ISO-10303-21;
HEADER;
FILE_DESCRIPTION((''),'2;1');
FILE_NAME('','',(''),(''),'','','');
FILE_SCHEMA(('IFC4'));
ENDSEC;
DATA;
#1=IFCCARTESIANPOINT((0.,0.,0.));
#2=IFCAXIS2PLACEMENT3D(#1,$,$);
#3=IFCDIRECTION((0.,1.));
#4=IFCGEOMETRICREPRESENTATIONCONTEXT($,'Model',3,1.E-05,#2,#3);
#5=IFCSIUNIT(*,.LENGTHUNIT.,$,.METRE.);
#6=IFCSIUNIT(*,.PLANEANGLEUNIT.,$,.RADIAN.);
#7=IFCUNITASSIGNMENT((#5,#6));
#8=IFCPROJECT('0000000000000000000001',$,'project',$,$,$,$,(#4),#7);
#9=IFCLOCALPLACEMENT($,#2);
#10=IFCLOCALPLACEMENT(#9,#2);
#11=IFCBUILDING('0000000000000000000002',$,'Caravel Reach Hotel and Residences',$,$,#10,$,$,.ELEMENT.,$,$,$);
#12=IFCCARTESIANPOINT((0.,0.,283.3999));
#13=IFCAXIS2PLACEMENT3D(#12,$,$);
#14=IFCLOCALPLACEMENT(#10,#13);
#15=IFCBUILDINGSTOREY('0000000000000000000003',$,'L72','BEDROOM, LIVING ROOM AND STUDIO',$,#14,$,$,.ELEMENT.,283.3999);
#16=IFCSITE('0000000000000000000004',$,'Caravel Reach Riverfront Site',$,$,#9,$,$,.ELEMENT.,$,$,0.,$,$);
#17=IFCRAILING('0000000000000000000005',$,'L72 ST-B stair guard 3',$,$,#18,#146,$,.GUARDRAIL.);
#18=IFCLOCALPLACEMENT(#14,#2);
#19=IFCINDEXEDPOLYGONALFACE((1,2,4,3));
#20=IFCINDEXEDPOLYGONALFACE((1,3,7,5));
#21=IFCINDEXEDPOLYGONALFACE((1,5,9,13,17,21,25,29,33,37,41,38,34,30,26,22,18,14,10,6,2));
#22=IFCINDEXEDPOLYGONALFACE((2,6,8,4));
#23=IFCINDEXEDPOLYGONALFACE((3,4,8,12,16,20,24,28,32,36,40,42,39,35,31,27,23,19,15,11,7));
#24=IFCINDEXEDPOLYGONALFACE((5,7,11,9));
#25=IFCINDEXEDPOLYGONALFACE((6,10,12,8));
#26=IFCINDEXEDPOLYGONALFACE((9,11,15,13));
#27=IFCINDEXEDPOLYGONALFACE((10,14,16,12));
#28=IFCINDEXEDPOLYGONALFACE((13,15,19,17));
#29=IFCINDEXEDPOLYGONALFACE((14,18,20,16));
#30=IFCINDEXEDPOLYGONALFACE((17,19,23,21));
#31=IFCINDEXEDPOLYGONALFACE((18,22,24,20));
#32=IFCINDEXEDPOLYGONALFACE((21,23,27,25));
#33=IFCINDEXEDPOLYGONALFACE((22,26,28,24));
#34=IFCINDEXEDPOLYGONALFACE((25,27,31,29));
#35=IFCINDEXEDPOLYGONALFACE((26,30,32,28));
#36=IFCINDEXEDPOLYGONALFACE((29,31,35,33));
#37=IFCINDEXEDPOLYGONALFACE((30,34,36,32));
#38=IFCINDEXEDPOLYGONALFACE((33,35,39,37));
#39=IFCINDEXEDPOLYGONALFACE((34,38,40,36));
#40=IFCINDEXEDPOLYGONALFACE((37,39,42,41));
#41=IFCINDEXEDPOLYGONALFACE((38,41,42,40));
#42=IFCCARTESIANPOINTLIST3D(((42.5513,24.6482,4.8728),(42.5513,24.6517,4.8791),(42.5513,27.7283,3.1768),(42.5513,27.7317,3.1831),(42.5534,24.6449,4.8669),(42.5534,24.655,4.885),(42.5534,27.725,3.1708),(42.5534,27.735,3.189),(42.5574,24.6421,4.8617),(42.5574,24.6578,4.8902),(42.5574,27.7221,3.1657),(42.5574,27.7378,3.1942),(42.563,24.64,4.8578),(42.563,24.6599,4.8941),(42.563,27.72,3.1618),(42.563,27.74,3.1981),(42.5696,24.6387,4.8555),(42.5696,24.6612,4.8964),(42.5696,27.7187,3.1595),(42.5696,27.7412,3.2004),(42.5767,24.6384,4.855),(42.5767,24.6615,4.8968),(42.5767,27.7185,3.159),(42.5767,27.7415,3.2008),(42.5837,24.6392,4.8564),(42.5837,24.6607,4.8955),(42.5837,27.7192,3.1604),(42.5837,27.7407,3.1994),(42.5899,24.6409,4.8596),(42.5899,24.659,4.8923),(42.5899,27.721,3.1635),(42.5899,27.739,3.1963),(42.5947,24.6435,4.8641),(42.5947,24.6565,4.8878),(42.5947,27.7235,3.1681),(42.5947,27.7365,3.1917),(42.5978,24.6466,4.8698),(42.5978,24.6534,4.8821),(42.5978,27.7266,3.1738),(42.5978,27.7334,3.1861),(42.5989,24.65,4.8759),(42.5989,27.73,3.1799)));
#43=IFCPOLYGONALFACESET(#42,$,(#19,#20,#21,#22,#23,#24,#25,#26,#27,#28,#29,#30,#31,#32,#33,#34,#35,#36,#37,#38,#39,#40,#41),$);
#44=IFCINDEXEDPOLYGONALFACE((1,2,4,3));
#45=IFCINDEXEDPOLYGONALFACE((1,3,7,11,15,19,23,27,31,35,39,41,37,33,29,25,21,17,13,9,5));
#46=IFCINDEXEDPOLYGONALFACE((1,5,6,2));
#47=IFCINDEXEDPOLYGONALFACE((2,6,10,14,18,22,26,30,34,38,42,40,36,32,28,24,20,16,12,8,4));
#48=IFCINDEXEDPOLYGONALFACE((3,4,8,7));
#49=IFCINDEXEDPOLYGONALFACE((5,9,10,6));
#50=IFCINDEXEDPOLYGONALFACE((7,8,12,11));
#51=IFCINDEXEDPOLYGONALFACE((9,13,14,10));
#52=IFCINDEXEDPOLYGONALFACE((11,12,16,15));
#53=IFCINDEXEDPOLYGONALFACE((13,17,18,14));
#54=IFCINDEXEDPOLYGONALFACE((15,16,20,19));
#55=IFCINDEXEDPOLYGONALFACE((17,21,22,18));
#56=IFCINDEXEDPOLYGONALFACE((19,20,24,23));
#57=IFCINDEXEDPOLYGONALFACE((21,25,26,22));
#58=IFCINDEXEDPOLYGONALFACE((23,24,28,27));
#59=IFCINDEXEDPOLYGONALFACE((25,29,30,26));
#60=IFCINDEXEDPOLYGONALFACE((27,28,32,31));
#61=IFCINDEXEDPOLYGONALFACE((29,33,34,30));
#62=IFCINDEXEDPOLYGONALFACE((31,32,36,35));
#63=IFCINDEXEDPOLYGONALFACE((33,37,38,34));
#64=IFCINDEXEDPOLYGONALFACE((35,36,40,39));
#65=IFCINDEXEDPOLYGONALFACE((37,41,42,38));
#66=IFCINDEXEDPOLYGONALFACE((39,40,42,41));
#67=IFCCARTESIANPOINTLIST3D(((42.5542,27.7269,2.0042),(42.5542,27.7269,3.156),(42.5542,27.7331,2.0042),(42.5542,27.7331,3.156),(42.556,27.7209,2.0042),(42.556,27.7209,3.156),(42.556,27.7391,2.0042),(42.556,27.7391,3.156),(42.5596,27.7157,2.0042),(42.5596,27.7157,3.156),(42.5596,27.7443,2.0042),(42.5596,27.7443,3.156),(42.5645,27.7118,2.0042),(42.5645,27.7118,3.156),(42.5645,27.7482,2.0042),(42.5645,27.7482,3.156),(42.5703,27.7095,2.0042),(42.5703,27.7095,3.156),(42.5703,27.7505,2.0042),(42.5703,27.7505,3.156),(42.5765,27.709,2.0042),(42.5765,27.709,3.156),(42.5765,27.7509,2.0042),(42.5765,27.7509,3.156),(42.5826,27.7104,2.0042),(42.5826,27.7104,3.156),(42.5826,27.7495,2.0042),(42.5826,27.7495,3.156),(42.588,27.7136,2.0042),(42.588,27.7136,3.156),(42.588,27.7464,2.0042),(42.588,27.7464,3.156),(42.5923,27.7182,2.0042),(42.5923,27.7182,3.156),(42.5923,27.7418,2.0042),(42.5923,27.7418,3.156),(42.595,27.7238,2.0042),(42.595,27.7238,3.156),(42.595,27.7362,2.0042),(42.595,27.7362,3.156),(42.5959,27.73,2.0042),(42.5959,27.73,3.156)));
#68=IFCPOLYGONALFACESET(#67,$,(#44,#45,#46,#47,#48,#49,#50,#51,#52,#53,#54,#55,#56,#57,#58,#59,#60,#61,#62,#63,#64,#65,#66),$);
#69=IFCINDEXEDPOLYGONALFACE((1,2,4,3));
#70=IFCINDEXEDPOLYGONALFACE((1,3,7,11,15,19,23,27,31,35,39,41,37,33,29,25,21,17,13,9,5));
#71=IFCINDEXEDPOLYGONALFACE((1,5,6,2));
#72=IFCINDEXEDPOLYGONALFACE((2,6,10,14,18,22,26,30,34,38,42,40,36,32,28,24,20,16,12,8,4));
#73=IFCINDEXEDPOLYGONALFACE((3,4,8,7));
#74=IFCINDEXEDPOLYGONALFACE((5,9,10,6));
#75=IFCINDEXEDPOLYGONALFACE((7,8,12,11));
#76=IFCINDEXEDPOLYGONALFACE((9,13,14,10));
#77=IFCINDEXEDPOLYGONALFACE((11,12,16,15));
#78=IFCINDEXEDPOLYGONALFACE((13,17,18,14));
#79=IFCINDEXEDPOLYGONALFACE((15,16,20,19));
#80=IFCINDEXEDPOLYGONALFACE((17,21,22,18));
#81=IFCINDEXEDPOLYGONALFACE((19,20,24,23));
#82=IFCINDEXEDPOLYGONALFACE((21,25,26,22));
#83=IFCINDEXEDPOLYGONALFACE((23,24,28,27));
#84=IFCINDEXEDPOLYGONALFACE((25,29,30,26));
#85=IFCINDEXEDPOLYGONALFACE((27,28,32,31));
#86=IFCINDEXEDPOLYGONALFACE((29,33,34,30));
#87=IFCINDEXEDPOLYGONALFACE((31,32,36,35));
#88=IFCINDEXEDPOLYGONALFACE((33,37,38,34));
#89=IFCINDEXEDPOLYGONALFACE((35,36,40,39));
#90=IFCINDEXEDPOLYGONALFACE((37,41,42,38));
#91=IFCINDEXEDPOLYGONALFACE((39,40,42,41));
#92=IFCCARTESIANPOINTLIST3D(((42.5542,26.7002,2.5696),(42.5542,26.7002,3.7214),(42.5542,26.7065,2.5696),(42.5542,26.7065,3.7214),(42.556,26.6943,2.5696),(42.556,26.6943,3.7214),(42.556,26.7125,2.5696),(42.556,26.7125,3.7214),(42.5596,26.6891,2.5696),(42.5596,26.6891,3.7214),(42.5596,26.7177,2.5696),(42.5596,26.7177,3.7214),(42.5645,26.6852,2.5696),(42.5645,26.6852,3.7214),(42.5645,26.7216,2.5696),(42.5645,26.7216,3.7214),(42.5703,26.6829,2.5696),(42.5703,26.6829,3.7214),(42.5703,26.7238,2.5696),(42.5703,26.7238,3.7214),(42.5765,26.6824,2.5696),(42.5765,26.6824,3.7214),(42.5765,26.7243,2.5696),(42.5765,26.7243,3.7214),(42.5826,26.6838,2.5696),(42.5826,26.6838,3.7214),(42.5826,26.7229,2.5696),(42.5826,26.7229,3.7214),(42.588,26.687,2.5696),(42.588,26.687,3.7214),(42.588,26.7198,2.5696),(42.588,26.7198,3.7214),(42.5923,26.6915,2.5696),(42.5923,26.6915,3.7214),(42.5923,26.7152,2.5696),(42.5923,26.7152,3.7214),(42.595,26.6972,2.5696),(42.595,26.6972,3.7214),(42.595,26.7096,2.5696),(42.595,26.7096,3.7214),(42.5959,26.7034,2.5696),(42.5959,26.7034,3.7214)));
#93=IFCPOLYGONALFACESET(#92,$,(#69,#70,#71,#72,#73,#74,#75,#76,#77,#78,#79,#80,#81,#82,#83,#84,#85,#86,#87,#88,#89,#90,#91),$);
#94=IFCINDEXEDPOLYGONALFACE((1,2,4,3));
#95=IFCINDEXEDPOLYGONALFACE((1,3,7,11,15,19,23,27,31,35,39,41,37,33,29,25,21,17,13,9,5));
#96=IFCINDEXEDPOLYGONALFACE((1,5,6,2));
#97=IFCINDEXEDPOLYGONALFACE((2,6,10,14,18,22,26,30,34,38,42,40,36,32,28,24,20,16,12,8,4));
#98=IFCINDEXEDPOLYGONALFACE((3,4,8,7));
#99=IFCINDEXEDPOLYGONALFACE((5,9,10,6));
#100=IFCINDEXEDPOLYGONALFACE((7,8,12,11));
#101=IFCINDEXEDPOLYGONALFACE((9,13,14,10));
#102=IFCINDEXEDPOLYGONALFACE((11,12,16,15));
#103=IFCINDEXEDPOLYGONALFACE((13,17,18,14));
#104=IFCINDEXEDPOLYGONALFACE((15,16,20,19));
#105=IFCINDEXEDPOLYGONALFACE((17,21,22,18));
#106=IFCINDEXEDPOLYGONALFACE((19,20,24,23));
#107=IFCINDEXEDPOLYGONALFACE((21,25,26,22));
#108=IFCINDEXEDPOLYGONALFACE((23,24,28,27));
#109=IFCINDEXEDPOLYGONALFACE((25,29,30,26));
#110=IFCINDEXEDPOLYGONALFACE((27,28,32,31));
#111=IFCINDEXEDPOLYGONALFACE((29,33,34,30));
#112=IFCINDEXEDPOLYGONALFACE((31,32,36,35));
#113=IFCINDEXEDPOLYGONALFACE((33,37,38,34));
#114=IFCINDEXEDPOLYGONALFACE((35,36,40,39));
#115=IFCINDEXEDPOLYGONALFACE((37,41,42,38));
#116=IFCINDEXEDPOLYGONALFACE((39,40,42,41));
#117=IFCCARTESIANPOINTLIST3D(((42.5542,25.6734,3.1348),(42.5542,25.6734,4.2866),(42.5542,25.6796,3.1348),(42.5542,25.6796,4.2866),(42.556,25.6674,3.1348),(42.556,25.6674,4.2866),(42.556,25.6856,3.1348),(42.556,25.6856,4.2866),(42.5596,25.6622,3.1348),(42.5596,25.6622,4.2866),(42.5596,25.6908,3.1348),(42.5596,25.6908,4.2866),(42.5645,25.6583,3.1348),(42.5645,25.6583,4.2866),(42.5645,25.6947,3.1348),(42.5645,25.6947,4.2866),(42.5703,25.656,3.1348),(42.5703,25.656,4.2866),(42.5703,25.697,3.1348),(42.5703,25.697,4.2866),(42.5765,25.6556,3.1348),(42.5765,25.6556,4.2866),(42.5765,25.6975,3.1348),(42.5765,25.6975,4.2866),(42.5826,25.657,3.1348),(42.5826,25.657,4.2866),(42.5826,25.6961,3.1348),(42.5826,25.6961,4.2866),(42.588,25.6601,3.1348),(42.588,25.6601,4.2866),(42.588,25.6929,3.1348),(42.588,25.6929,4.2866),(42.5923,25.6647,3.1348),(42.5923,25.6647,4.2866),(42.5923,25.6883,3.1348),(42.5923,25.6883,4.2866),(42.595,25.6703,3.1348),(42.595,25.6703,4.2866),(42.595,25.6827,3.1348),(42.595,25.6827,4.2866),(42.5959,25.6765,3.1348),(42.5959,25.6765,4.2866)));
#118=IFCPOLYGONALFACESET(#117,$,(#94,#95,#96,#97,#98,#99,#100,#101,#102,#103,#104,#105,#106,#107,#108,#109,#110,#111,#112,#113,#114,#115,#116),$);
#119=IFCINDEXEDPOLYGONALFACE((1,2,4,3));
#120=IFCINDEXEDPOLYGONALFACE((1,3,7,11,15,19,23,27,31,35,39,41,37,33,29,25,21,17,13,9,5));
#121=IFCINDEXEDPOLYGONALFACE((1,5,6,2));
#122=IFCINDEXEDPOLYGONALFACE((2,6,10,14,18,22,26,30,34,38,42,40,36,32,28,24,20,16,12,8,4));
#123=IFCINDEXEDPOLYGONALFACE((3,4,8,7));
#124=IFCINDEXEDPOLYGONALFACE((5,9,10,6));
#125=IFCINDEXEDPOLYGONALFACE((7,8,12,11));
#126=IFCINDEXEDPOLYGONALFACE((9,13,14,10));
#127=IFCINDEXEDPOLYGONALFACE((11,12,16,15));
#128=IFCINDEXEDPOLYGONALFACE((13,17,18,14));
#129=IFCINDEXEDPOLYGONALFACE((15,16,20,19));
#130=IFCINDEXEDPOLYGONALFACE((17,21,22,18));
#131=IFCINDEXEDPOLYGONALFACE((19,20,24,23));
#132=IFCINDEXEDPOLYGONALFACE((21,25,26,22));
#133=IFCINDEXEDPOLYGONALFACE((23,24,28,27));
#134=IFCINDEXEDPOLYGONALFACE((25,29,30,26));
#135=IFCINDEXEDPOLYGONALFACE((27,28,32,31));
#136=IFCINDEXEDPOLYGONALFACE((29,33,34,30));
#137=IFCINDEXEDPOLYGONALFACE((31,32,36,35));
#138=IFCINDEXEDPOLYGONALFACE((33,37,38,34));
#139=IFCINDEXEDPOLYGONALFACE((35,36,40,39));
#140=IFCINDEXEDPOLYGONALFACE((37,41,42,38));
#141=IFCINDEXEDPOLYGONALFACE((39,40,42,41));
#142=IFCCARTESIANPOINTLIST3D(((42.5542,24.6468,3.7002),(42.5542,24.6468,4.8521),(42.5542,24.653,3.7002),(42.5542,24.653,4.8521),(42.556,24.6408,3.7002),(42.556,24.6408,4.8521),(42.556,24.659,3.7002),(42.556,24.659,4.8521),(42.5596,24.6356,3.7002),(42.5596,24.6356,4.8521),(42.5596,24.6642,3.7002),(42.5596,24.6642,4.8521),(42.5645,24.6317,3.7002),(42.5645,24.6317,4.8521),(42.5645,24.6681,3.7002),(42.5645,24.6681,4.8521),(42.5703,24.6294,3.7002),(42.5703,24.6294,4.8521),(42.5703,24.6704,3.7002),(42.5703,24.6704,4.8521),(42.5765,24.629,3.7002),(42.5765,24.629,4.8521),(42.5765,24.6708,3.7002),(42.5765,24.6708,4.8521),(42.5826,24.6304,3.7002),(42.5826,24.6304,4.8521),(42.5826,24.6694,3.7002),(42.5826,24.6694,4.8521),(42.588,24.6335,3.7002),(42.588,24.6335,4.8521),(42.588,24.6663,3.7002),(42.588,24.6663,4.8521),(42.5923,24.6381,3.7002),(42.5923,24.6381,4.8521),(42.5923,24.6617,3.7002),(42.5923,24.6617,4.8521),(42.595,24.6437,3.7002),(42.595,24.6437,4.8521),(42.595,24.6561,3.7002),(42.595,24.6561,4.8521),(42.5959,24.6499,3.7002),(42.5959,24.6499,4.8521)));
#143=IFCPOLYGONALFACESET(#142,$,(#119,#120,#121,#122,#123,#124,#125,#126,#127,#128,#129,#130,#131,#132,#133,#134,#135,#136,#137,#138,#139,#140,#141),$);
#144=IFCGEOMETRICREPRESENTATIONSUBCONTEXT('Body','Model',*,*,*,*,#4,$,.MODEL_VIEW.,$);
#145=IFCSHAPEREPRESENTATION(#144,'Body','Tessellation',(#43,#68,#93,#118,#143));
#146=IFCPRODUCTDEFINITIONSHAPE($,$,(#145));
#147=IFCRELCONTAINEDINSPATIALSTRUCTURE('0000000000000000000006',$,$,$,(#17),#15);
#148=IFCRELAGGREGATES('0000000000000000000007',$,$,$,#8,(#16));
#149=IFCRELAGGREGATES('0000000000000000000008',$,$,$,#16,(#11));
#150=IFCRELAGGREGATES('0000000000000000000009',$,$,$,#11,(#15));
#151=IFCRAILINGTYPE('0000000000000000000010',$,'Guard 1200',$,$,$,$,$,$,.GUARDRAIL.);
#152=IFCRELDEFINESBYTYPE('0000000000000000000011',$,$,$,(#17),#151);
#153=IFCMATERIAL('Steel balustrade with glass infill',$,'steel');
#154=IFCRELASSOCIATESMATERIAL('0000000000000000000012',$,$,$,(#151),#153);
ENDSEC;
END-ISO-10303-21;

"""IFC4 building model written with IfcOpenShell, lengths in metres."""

from ifc_helpers import new_model, si_unit, direction, frame, origin, origin_2d, place, context, subcontext, project, spatial, circle, extrude, material, type_object, element, save


model = new_model("IFC4")

# Units and contexts
model_context = context("Model", 3, precision=1e-05, world=origin(), true_north=direction((0.0, 1.0)))
body_context = subcontext(model_context, "Body", "Model", "MODEL_VIEW")
ifc_project = project(units=[si_unit("LENGTHUNIT", "METRE"), si_unit("PLANEANGLEUNIT", "RADIAN")], contexts=[model_context])

# Site, building, storey
site_placement = place(None, origin())
site = spatial("IfcSite", under=ifc_project, at=site_placement, Name="Caravel Reach Riverfront Site", CompositionType="ELEMENT", RefElevation=0.0)
building_placement = place(site_placement, origin())
building = spatial("IfcBuilding", under=site, at=building_placement, Name="Caravel Reach Hotel and Residences", CompositionType="ELEMENT")
storey_placement = place(building_placement, frame((0.0, 0.0, 283.3999)))
storey = spatial("IfcBuildingStorey", under=building, at=storey_placement, Name="L72", Description="BEDROOM, LIVING ROOM AND STUDIO", CompositionType="ELEMENT", Elevation=283.3999)

# Railing
ifc_material_1 = material(Name="Steel balustrade with glass infill", Category="steel")
railing_type_1 = type_object("IfcRailingType", Name="Guard 1200", PredefinedType="GUARDRAIL", material=ifc_material_1)
railing_1_placement = place(storey_placement, frame((42.575, 27.73, 2.0042)))
element("IfcRailing", 1, at=railing_1_placement, inside=storey, type_object=railing_type_1, Name="L72 ST-B stair guard 3", PredefinedType="GUARDRAIL", context=body_context, shape_type="SweptSolid", body=[
    extrude(circle(Radius=0.0239, at=origin_2d()), frame((0.0, 0.0, 1.1758), z_axis=(0.0, -0.875975, 0.482356), x_axis=(1.0, 0.0, 0.0)), (0.0, 0.0, 1.0), 3.5161),
    extrude(circle(Radius=0.021, at=origin_2d()), origin(), (0.0, 0.0, 1.0), 1.1519),
    extrude(circle(Radius=0.021, at=origin_2d()), frame((0.0, -1.0266, 0.5654)), (0.0, 0.0, 1.0), 1.1519),
    extrude(circle(Radius=0.021, at=origin_2d()), frame((0.0, -2.0535, 1.1306)), (0.0, 0.0, 1.0), 1.1519),
    extrude(circle(Radius=0.021, at=origin_2d()), frame((0.0, -3.0801, 1.696)), (0.0, 0.0, 1.0), 1.1519),
])

save(model, "model.ifc")
